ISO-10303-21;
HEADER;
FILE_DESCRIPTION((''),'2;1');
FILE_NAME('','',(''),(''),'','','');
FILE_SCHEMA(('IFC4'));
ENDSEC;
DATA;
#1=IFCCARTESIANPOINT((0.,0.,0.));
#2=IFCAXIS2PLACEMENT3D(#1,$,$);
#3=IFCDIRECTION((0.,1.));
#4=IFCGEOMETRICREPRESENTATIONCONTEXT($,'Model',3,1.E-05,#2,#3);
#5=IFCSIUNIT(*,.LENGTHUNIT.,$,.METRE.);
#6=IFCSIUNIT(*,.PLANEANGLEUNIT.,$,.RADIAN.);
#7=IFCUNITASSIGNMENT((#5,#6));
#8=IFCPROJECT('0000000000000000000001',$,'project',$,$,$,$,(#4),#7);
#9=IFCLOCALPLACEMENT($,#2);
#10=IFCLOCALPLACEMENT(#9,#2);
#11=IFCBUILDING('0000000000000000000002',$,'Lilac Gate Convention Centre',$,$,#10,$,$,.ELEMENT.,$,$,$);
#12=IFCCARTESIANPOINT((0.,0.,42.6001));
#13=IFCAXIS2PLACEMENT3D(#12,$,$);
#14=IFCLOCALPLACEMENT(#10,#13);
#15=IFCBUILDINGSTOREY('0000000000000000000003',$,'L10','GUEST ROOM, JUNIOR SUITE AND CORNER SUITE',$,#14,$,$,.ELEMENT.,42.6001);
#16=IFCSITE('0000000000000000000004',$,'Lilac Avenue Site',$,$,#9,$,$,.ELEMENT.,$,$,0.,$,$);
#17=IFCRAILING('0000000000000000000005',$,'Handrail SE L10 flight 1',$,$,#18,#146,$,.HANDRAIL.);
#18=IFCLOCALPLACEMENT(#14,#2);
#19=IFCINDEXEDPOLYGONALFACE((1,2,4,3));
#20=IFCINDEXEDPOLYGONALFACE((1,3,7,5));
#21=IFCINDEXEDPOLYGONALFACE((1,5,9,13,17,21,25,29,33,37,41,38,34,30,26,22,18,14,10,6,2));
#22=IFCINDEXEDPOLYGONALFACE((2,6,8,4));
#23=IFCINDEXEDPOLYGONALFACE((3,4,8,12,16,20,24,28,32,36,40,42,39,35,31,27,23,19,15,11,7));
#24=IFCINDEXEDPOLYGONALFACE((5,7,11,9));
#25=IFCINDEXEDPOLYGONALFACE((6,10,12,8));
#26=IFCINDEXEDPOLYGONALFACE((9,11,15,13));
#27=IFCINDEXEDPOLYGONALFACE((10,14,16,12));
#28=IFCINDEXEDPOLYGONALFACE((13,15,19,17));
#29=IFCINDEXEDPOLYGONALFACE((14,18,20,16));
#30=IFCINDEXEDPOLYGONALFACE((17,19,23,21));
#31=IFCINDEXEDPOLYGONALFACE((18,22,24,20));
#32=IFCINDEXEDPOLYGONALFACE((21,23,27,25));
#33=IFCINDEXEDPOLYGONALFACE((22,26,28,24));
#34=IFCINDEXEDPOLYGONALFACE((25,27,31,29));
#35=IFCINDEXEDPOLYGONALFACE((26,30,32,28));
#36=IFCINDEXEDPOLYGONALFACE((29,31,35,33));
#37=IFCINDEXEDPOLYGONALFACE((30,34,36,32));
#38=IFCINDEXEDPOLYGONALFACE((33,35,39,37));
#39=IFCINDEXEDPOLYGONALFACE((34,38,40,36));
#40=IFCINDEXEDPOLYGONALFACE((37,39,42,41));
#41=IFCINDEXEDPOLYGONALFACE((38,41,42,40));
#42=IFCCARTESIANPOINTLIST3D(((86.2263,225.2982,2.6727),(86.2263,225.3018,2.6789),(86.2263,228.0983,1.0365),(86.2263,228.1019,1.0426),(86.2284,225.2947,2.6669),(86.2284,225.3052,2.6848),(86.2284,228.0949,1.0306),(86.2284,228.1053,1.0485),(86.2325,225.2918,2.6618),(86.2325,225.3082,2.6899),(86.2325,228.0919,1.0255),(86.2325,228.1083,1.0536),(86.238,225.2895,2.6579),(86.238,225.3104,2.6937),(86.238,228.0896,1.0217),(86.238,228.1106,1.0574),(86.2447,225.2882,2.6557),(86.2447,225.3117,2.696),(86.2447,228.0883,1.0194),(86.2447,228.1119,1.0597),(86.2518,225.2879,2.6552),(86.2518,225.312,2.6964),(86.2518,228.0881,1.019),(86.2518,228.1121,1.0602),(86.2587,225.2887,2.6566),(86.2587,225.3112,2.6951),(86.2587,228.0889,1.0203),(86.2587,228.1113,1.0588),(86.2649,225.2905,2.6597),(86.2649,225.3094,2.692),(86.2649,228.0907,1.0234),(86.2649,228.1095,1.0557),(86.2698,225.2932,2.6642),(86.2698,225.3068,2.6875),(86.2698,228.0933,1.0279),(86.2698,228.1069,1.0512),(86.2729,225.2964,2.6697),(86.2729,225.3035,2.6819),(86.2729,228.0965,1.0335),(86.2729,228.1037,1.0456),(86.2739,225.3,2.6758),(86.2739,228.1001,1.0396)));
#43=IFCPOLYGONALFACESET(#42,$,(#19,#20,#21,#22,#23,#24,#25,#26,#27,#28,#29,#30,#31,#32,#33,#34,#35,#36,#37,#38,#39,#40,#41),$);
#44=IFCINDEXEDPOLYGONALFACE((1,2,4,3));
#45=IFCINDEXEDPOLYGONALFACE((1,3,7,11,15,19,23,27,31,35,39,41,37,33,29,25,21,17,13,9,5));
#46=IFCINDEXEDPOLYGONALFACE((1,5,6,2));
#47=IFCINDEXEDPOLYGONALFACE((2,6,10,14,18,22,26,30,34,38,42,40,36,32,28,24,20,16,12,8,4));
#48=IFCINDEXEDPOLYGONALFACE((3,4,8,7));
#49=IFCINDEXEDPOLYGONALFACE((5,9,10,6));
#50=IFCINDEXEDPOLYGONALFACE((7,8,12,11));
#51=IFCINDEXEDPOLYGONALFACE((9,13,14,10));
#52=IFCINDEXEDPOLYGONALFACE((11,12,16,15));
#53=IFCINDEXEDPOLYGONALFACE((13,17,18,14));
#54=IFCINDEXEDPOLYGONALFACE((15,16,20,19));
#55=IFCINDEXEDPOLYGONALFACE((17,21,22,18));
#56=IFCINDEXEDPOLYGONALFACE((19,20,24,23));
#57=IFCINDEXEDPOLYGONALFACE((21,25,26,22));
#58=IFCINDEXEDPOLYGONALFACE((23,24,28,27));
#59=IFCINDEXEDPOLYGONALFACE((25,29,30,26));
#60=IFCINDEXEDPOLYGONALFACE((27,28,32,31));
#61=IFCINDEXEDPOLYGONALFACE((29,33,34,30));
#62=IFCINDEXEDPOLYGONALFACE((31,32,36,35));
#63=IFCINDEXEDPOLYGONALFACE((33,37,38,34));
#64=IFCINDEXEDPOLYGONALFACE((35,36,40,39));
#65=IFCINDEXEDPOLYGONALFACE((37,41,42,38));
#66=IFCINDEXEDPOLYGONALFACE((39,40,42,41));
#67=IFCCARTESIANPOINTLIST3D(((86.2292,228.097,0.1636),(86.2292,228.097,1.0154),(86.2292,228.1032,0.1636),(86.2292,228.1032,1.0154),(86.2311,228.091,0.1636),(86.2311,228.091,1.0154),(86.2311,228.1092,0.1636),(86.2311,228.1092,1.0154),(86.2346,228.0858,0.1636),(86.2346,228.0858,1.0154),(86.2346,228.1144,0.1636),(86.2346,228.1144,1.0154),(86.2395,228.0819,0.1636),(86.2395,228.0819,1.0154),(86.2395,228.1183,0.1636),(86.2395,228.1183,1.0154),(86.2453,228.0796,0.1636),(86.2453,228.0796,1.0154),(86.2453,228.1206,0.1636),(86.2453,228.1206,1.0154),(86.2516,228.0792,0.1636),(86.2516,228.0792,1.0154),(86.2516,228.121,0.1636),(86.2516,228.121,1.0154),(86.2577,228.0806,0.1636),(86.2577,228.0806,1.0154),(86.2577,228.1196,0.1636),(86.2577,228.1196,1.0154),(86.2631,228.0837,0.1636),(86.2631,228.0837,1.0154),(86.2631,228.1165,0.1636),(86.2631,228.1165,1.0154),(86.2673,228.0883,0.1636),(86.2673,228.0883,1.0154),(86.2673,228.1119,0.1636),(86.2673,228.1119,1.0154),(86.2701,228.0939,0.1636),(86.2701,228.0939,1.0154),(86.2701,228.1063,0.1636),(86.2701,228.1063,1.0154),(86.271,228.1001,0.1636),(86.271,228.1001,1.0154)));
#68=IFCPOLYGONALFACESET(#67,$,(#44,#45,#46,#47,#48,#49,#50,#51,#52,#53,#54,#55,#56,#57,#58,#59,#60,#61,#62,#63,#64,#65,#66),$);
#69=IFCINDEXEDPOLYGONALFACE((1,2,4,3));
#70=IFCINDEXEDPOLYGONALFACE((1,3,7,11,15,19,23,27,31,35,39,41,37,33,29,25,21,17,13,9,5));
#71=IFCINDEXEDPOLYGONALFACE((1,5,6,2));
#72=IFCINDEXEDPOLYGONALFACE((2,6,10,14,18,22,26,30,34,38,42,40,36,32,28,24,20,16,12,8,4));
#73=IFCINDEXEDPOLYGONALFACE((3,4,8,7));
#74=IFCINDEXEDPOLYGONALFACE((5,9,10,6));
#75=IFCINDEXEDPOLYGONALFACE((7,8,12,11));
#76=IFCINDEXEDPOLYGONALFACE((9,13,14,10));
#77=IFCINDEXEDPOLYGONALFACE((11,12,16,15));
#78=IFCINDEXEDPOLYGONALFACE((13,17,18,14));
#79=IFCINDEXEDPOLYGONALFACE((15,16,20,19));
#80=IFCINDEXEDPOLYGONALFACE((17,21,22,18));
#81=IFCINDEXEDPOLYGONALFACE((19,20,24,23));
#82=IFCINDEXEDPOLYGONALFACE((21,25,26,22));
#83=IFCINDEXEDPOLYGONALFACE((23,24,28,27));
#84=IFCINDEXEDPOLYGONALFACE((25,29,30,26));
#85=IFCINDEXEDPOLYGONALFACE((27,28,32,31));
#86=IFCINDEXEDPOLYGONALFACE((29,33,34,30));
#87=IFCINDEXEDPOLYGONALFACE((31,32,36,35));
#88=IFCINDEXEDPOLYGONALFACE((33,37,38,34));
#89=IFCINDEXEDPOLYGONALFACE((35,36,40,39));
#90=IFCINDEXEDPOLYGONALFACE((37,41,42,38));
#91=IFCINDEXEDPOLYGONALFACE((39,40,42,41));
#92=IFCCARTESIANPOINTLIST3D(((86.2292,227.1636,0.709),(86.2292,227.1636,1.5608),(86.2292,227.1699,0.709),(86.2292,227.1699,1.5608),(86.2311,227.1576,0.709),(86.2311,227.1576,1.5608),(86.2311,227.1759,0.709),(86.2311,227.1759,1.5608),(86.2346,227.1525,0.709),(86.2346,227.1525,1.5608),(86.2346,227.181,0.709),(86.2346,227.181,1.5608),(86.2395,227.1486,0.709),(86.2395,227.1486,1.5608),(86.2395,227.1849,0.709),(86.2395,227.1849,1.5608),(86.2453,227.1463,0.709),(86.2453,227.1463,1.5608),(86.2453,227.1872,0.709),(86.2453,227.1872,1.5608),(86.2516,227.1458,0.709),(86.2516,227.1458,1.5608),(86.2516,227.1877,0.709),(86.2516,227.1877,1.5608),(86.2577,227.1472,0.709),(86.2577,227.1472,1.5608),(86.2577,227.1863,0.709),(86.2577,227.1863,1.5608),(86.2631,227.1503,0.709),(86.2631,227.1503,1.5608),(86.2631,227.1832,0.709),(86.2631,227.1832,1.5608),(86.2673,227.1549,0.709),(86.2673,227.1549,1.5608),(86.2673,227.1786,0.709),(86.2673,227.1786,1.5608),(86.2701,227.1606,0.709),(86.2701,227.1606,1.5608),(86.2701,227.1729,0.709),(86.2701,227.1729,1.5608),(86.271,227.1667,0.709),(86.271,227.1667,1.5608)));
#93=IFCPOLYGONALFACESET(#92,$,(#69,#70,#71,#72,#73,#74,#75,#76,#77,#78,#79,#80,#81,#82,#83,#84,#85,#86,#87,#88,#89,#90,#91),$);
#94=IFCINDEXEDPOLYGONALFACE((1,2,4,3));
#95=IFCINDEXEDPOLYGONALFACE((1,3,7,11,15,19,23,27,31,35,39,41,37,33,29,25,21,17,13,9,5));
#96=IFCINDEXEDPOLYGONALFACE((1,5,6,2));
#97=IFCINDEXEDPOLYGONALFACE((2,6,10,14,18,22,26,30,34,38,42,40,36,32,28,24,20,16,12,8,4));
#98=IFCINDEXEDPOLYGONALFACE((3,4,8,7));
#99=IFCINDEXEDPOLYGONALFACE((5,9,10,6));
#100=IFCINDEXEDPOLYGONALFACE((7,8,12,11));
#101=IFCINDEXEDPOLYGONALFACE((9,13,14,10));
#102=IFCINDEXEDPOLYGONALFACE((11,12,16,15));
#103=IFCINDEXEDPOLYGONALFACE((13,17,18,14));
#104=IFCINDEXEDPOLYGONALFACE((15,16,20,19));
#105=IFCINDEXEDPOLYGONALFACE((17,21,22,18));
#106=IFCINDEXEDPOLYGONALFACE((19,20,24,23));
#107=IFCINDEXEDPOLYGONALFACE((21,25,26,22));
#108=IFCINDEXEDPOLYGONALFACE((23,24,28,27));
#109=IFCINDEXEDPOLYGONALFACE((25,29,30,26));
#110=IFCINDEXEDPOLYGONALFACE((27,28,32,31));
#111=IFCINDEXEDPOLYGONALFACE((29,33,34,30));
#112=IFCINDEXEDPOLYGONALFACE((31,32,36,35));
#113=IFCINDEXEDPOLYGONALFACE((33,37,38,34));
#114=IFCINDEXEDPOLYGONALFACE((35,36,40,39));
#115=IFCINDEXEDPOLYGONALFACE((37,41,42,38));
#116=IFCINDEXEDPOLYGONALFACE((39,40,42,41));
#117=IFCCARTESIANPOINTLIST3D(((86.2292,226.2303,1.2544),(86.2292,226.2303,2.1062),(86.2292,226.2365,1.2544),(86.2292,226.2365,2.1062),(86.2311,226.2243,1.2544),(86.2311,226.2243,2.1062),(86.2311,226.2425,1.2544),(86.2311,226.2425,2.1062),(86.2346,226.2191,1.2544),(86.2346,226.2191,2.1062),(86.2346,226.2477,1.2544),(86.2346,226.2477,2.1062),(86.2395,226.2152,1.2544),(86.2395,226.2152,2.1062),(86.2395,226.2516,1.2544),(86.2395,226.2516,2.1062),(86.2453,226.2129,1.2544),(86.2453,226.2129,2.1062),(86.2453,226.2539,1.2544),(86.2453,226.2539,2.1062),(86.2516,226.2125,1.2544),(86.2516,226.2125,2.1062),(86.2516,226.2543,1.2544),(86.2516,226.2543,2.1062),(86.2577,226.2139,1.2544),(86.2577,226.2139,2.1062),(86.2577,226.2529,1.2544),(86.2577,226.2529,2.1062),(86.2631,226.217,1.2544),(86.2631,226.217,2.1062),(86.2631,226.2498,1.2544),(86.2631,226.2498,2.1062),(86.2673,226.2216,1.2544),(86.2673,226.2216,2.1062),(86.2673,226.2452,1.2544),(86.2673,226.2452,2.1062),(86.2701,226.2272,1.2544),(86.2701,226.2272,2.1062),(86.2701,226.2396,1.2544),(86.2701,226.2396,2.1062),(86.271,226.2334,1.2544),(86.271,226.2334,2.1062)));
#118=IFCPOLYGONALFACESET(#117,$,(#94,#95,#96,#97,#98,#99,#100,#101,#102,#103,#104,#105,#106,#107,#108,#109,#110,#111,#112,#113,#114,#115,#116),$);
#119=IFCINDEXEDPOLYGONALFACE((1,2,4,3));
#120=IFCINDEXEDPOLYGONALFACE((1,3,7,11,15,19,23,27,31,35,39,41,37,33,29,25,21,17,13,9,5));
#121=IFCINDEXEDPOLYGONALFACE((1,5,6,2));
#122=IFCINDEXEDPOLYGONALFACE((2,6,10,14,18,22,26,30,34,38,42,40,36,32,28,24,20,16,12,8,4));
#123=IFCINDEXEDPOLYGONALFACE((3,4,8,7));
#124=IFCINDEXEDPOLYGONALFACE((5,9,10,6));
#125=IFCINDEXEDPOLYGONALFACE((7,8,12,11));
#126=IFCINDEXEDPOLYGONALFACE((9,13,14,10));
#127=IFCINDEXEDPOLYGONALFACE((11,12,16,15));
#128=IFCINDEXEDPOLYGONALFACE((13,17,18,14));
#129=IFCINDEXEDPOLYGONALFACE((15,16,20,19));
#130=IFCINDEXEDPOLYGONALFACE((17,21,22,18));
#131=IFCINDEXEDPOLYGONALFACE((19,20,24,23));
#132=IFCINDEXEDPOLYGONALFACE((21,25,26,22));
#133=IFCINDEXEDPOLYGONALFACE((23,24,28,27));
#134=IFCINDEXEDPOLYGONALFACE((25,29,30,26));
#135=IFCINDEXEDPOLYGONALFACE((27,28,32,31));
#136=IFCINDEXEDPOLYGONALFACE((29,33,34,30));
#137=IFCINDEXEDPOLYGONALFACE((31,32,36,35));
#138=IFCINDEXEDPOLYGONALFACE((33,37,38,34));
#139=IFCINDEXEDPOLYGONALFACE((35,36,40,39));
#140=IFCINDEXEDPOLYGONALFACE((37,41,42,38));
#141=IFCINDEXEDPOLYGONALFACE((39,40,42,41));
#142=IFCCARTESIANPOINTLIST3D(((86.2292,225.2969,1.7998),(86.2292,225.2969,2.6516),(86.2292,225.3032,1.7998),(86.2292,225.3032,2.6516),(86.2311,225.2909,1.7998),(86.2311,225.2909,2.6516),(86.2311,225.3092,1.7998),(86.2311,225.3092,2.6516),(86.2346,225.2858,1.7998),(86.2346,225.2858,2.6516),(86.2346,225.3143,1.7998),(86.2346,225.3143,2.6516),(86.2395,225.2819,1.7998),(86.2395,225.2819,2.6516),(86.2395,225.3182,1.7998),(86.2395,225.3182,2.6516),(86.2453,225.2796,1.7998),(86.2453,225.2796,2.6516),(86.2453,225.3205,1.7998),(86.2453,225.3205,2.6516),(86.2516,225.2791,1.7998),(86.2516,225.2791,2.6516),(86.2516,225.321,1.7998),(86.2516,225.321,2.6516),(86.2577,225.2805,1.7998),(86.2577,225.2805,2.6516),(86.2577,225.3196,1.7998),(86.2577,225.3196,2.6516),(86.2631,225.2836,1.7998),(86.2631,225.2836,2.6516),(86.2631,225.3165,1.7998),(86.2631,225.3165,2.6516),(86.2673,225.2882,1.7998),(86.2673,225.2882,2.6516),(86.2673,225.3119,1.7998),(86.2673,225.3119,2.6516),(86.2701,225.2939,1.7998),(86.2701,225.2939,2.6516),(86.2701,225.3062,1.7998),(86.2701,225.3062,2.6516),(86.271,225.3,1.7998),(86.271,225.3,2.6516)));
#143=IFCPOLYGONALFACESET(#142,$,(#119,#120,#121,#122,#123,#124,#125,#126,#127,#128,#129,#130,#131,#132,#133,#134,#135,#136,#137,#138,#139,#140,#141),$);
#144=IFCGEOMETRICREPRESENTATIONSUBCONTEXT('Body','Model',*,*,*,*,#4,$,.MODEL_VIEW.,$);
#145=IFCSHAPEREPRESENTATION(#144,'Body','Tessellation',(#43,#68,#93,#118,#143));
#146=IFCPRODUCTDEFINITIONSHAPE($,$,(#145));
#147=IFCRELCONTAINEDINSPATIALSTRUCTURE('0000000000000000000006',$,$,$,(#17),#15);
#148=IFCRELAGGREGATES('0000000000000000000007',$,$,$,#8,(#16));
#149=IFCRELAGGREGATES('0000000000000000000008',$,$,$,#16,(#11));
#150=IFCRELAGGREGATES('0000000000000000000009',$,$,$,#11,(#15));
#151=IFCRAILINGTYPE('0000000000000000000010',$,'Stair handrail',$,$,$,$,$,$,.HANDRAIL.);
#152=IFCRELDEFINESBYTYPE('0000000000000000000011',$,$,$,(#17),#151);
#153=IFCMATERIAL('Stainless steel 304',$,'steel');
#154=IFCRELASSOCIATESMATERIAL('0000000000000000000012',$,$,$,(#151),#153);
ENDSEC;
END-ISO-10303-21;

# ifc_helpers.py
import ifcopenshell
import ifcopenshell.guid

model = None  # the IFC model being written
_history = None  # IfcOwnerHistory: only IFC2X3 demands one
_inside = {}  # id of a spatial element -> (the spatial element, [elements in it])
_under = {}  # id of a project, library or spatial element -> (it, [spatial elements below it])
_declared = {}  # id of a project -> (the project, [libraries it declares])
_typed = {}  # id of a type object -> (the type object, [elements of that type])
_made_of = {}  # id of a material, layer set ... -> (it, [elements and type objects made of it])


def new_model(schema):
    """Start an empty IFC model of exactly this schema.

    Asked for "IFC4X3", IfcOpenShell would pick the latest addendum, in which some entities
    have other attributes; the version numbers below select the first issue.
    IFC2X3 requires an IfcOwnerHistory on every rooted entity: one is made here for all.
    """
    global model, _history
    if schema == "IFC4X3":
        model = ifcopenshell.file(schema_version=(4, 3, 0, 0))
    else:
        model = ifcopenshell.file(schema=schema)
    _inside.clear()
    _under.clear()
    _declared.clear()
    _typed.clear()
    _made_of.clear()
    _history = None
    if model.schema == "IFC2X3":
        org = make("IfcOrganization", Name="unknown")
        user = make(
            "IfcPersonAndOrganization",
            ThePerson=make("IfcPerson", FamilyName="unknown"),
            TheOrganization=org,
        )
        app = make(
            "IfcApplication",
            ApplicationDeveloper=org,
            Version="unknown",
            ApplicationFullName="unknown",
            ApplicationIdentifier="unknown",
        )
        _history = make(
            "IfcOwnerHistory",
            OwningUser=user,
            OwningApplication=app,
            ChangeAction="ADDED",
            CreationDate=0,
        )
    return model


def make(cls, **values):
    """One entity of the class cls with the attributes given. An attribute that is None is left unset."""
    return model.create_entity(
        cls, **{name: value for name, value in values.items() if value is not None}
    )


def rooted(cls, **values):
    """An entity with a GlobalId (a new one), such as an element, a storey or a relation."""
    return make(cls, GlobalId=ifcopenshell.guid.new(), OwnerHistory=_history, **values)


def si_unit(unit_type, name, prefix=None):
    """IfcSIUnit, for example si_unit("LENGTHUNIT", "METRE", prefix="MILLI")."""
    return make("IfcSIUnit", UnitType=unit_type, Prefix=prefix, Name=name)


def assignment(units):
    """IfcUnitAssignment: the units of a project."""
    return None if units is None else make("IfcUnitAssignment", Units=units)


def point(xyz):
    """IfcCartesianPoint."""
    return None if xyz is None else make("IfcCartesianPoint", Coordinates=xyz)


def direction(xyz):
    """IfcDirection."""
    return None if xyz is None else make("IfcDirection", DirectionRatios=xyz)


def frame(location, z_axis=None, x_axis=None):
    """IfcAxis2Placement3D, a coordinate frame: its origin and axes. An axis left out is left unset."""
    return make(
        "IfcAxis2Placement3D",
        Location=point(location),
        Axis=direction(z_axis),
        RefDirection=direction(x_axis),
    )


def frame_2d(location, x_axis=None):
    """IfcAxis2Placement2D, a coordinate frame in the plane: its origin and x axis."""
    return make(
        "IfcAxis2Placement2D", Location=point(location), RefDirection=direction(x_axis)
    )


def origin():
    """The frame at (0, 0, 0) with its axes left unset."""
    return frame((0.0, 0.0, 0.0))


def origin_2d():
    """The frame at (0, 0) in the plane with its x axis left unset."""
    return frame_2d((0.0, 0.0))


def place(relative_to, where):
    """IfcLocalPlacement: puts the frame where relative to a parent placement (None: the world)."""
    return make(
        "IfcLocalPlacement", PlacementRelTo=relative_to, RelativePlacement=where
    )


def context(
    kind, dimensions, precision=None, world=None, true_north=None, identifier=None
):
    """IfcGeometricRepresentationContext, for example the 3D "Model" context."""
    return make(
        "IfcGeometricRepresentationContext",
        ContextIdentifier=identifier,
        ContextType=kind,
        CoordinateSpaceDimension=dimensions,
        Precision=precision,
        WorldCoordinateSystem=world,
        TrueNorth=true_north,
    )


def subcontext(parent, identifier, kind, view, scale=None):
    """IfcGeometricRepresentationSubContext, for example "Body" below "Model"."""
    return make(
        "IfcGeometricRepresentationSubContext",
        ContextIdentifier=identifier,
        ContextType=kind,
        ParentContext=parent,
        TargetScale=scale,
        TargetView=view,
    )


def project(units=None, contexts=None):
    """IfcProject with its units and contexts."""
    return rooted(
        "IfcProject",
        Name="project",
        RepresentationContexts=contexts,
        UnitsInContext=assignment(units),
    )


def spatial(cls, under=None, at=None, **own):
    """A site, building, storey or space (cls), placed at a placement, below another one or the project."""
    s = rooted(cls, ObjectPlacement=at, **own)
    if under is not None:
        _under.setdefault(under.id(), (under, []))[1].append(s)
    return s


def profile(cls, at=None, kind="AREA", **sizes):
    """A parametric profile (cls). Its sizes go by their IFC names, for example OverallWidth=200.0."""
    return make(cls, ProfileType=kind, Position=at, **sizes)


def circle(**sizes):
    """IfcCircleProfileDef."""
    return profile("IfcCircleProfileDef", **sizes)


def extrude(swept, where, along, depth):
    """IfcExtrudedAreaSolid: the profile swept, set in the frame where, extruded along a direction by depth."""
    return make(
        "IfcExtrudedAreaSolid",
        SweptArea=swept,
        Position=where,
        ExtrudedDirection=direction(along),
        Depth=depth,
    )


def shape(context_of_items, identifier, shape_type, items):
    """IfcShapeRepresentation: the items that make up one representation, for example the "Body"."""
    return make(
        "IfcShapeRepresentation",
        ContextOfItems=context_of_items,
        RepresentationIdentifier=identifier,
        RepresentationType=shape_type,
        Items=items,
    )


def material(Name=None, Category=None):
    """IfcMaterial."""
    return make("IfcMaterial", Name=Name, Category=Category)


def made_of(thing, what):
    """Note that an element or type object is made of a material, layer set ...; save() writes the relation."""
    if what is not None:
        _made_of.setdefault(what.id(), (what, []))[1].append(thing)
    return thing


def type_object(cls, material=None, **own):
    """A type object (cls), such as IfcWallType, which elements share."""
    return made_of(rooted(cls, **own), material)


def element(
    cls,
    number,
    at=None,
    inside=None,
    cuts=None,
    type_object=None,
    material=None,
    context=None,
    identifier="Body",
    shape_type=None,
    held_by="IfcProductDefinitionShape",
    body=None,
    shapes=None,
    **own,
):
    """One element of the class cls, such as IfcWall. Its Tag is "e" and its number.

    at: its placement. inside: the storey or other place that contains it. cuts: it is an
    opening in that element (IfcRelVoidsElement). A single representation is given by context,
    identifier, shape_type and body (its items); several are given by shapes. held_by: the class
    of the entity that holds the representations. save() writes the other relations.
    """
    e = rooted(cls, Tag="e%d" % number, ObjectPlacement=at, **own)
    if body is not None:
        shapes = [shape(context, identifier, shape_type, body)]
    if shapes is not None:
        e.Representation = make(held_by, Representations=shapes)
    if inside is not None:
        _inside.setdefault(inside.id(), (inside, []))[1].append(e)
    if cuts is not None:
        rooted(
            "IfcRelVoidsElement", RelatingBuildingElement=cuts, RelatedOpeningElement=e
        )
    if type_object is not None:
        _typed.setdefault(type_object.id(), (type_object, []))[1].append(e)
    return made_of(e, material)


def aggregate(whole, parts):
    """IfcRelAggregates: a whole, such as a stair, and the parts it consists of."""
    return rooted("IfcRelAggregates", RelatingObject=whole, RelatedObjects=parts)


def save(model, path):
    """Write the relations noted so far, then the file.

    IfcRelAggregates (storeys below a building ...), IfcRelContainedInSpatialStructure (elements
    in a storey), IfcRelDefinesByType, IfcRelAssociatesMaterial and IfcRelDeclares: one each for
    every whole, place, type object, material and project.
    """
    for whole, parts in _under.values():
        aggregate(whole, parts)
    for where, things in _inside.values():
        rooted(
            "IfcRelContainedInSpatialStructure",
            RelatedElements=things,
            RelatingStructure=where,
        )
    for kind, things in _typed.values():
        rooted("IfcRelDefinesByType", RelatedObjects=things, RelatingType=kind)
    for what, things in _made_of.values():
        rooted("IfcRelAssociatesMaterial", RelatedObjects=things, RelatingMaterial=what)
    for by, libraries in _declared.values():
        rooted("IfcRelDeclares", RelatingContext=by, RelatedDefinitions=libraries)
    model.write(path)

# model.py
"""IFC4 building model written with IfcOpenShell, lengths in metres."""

from ifc_helpers import new_model, si_unit, direction, frame, origin, origin_2d, place, context, subcontext, project, spatial, circle, extrude, material, type_object, element, save


model = new_model("IFC4")

# Units and contexts
model_context = context("Model", 3, precision=1e-05, world=origin(), true_north=direction((0.0, 1.0)))
body_context = subcontext(model_context, "Body", "Model", "MODEL_VIEW")
ifc_project = project(units=[si_unit("LENGTHUNIT", "METRE"), si_unit("PLANEANGLEUNIT", "RADIAN")], contexts=[model_context])

# Site, building, storey
site_placement = place(None, origin())
site = spatial("IfcSite", under=ifc_project, at=site_placement, Name="Lilac Avenue Site", CompositionType="ELEMENT", RefElevation=0.0)
building_placement = place(site_placement, origin())
building = spatial("IfcBuilding", under=site, at=building_placement, Name="Lilac Gate Convention Centre", CompositionType="ELEMENT")
storey_placement = place(building_placement, frame((0.0, 0.0, 42.6001)))
storey = spatial("IfcBuildingStorey", under=building, at=storey_placement, Name="L10", Description="GUEST ROOM, JUNIOR SUITE AND CORNER SUITE", CompositionType="ELEMENT", Elevation=42.6001)

# Shared definitions
ifc_material_1 = material(Name="Stainless steel 304", Category="steel")

# Railing
railing_type = type_object("IfcRailingType", Name="Stair handrail", PredefinedType="HANDRAIL", material=ifc_material_1)
for number, where, name in (
    (1, (86.25, 228.1001, 0.1636), "Handrail SE L10 flight 1"),
):
    element("IfcRailing", number, at=place(storey_placement, frame(where)), inside=storey, type_object=railing_type, Name=name, PredefinedType="HANDRAIL", context=body_context, shape_type="SweptSolid", body=[
        extrude(circle(Radius=0.0239, at=origin_2d()), frame((0.0, 0.0, 0.876), z_axis=(0.0, -0.863394, 0.504531), x_axis=(1.0, 0.0, 0.0)), (0.0, 0.0, 1.0), 3.2432),
        extrude(circle(Radius=0.021, at=origin_2d()), origin(), (0.0, 0.0, 1.0), 0.8518),
        extrude(circle(Radius=0.021, at=origin_2d()), frame((0.0, -0.9333, 0.5454)), (0.0, 0.0, 1.0), 0.8518),
        extrude(circle(Radius=0.021, at=origin_2d()), frame((0.0, -1.8667, 1.0908)), (0.0, 0.0, 1.0), 0.8518),
        extrude(circle(Radius=0.021, at=origin_2d()), frame((0.0, -2.8, 1.6362)), (0.0, 0.0, 1.0), 0.8518),
    ])

save(model, "model.ifc")
